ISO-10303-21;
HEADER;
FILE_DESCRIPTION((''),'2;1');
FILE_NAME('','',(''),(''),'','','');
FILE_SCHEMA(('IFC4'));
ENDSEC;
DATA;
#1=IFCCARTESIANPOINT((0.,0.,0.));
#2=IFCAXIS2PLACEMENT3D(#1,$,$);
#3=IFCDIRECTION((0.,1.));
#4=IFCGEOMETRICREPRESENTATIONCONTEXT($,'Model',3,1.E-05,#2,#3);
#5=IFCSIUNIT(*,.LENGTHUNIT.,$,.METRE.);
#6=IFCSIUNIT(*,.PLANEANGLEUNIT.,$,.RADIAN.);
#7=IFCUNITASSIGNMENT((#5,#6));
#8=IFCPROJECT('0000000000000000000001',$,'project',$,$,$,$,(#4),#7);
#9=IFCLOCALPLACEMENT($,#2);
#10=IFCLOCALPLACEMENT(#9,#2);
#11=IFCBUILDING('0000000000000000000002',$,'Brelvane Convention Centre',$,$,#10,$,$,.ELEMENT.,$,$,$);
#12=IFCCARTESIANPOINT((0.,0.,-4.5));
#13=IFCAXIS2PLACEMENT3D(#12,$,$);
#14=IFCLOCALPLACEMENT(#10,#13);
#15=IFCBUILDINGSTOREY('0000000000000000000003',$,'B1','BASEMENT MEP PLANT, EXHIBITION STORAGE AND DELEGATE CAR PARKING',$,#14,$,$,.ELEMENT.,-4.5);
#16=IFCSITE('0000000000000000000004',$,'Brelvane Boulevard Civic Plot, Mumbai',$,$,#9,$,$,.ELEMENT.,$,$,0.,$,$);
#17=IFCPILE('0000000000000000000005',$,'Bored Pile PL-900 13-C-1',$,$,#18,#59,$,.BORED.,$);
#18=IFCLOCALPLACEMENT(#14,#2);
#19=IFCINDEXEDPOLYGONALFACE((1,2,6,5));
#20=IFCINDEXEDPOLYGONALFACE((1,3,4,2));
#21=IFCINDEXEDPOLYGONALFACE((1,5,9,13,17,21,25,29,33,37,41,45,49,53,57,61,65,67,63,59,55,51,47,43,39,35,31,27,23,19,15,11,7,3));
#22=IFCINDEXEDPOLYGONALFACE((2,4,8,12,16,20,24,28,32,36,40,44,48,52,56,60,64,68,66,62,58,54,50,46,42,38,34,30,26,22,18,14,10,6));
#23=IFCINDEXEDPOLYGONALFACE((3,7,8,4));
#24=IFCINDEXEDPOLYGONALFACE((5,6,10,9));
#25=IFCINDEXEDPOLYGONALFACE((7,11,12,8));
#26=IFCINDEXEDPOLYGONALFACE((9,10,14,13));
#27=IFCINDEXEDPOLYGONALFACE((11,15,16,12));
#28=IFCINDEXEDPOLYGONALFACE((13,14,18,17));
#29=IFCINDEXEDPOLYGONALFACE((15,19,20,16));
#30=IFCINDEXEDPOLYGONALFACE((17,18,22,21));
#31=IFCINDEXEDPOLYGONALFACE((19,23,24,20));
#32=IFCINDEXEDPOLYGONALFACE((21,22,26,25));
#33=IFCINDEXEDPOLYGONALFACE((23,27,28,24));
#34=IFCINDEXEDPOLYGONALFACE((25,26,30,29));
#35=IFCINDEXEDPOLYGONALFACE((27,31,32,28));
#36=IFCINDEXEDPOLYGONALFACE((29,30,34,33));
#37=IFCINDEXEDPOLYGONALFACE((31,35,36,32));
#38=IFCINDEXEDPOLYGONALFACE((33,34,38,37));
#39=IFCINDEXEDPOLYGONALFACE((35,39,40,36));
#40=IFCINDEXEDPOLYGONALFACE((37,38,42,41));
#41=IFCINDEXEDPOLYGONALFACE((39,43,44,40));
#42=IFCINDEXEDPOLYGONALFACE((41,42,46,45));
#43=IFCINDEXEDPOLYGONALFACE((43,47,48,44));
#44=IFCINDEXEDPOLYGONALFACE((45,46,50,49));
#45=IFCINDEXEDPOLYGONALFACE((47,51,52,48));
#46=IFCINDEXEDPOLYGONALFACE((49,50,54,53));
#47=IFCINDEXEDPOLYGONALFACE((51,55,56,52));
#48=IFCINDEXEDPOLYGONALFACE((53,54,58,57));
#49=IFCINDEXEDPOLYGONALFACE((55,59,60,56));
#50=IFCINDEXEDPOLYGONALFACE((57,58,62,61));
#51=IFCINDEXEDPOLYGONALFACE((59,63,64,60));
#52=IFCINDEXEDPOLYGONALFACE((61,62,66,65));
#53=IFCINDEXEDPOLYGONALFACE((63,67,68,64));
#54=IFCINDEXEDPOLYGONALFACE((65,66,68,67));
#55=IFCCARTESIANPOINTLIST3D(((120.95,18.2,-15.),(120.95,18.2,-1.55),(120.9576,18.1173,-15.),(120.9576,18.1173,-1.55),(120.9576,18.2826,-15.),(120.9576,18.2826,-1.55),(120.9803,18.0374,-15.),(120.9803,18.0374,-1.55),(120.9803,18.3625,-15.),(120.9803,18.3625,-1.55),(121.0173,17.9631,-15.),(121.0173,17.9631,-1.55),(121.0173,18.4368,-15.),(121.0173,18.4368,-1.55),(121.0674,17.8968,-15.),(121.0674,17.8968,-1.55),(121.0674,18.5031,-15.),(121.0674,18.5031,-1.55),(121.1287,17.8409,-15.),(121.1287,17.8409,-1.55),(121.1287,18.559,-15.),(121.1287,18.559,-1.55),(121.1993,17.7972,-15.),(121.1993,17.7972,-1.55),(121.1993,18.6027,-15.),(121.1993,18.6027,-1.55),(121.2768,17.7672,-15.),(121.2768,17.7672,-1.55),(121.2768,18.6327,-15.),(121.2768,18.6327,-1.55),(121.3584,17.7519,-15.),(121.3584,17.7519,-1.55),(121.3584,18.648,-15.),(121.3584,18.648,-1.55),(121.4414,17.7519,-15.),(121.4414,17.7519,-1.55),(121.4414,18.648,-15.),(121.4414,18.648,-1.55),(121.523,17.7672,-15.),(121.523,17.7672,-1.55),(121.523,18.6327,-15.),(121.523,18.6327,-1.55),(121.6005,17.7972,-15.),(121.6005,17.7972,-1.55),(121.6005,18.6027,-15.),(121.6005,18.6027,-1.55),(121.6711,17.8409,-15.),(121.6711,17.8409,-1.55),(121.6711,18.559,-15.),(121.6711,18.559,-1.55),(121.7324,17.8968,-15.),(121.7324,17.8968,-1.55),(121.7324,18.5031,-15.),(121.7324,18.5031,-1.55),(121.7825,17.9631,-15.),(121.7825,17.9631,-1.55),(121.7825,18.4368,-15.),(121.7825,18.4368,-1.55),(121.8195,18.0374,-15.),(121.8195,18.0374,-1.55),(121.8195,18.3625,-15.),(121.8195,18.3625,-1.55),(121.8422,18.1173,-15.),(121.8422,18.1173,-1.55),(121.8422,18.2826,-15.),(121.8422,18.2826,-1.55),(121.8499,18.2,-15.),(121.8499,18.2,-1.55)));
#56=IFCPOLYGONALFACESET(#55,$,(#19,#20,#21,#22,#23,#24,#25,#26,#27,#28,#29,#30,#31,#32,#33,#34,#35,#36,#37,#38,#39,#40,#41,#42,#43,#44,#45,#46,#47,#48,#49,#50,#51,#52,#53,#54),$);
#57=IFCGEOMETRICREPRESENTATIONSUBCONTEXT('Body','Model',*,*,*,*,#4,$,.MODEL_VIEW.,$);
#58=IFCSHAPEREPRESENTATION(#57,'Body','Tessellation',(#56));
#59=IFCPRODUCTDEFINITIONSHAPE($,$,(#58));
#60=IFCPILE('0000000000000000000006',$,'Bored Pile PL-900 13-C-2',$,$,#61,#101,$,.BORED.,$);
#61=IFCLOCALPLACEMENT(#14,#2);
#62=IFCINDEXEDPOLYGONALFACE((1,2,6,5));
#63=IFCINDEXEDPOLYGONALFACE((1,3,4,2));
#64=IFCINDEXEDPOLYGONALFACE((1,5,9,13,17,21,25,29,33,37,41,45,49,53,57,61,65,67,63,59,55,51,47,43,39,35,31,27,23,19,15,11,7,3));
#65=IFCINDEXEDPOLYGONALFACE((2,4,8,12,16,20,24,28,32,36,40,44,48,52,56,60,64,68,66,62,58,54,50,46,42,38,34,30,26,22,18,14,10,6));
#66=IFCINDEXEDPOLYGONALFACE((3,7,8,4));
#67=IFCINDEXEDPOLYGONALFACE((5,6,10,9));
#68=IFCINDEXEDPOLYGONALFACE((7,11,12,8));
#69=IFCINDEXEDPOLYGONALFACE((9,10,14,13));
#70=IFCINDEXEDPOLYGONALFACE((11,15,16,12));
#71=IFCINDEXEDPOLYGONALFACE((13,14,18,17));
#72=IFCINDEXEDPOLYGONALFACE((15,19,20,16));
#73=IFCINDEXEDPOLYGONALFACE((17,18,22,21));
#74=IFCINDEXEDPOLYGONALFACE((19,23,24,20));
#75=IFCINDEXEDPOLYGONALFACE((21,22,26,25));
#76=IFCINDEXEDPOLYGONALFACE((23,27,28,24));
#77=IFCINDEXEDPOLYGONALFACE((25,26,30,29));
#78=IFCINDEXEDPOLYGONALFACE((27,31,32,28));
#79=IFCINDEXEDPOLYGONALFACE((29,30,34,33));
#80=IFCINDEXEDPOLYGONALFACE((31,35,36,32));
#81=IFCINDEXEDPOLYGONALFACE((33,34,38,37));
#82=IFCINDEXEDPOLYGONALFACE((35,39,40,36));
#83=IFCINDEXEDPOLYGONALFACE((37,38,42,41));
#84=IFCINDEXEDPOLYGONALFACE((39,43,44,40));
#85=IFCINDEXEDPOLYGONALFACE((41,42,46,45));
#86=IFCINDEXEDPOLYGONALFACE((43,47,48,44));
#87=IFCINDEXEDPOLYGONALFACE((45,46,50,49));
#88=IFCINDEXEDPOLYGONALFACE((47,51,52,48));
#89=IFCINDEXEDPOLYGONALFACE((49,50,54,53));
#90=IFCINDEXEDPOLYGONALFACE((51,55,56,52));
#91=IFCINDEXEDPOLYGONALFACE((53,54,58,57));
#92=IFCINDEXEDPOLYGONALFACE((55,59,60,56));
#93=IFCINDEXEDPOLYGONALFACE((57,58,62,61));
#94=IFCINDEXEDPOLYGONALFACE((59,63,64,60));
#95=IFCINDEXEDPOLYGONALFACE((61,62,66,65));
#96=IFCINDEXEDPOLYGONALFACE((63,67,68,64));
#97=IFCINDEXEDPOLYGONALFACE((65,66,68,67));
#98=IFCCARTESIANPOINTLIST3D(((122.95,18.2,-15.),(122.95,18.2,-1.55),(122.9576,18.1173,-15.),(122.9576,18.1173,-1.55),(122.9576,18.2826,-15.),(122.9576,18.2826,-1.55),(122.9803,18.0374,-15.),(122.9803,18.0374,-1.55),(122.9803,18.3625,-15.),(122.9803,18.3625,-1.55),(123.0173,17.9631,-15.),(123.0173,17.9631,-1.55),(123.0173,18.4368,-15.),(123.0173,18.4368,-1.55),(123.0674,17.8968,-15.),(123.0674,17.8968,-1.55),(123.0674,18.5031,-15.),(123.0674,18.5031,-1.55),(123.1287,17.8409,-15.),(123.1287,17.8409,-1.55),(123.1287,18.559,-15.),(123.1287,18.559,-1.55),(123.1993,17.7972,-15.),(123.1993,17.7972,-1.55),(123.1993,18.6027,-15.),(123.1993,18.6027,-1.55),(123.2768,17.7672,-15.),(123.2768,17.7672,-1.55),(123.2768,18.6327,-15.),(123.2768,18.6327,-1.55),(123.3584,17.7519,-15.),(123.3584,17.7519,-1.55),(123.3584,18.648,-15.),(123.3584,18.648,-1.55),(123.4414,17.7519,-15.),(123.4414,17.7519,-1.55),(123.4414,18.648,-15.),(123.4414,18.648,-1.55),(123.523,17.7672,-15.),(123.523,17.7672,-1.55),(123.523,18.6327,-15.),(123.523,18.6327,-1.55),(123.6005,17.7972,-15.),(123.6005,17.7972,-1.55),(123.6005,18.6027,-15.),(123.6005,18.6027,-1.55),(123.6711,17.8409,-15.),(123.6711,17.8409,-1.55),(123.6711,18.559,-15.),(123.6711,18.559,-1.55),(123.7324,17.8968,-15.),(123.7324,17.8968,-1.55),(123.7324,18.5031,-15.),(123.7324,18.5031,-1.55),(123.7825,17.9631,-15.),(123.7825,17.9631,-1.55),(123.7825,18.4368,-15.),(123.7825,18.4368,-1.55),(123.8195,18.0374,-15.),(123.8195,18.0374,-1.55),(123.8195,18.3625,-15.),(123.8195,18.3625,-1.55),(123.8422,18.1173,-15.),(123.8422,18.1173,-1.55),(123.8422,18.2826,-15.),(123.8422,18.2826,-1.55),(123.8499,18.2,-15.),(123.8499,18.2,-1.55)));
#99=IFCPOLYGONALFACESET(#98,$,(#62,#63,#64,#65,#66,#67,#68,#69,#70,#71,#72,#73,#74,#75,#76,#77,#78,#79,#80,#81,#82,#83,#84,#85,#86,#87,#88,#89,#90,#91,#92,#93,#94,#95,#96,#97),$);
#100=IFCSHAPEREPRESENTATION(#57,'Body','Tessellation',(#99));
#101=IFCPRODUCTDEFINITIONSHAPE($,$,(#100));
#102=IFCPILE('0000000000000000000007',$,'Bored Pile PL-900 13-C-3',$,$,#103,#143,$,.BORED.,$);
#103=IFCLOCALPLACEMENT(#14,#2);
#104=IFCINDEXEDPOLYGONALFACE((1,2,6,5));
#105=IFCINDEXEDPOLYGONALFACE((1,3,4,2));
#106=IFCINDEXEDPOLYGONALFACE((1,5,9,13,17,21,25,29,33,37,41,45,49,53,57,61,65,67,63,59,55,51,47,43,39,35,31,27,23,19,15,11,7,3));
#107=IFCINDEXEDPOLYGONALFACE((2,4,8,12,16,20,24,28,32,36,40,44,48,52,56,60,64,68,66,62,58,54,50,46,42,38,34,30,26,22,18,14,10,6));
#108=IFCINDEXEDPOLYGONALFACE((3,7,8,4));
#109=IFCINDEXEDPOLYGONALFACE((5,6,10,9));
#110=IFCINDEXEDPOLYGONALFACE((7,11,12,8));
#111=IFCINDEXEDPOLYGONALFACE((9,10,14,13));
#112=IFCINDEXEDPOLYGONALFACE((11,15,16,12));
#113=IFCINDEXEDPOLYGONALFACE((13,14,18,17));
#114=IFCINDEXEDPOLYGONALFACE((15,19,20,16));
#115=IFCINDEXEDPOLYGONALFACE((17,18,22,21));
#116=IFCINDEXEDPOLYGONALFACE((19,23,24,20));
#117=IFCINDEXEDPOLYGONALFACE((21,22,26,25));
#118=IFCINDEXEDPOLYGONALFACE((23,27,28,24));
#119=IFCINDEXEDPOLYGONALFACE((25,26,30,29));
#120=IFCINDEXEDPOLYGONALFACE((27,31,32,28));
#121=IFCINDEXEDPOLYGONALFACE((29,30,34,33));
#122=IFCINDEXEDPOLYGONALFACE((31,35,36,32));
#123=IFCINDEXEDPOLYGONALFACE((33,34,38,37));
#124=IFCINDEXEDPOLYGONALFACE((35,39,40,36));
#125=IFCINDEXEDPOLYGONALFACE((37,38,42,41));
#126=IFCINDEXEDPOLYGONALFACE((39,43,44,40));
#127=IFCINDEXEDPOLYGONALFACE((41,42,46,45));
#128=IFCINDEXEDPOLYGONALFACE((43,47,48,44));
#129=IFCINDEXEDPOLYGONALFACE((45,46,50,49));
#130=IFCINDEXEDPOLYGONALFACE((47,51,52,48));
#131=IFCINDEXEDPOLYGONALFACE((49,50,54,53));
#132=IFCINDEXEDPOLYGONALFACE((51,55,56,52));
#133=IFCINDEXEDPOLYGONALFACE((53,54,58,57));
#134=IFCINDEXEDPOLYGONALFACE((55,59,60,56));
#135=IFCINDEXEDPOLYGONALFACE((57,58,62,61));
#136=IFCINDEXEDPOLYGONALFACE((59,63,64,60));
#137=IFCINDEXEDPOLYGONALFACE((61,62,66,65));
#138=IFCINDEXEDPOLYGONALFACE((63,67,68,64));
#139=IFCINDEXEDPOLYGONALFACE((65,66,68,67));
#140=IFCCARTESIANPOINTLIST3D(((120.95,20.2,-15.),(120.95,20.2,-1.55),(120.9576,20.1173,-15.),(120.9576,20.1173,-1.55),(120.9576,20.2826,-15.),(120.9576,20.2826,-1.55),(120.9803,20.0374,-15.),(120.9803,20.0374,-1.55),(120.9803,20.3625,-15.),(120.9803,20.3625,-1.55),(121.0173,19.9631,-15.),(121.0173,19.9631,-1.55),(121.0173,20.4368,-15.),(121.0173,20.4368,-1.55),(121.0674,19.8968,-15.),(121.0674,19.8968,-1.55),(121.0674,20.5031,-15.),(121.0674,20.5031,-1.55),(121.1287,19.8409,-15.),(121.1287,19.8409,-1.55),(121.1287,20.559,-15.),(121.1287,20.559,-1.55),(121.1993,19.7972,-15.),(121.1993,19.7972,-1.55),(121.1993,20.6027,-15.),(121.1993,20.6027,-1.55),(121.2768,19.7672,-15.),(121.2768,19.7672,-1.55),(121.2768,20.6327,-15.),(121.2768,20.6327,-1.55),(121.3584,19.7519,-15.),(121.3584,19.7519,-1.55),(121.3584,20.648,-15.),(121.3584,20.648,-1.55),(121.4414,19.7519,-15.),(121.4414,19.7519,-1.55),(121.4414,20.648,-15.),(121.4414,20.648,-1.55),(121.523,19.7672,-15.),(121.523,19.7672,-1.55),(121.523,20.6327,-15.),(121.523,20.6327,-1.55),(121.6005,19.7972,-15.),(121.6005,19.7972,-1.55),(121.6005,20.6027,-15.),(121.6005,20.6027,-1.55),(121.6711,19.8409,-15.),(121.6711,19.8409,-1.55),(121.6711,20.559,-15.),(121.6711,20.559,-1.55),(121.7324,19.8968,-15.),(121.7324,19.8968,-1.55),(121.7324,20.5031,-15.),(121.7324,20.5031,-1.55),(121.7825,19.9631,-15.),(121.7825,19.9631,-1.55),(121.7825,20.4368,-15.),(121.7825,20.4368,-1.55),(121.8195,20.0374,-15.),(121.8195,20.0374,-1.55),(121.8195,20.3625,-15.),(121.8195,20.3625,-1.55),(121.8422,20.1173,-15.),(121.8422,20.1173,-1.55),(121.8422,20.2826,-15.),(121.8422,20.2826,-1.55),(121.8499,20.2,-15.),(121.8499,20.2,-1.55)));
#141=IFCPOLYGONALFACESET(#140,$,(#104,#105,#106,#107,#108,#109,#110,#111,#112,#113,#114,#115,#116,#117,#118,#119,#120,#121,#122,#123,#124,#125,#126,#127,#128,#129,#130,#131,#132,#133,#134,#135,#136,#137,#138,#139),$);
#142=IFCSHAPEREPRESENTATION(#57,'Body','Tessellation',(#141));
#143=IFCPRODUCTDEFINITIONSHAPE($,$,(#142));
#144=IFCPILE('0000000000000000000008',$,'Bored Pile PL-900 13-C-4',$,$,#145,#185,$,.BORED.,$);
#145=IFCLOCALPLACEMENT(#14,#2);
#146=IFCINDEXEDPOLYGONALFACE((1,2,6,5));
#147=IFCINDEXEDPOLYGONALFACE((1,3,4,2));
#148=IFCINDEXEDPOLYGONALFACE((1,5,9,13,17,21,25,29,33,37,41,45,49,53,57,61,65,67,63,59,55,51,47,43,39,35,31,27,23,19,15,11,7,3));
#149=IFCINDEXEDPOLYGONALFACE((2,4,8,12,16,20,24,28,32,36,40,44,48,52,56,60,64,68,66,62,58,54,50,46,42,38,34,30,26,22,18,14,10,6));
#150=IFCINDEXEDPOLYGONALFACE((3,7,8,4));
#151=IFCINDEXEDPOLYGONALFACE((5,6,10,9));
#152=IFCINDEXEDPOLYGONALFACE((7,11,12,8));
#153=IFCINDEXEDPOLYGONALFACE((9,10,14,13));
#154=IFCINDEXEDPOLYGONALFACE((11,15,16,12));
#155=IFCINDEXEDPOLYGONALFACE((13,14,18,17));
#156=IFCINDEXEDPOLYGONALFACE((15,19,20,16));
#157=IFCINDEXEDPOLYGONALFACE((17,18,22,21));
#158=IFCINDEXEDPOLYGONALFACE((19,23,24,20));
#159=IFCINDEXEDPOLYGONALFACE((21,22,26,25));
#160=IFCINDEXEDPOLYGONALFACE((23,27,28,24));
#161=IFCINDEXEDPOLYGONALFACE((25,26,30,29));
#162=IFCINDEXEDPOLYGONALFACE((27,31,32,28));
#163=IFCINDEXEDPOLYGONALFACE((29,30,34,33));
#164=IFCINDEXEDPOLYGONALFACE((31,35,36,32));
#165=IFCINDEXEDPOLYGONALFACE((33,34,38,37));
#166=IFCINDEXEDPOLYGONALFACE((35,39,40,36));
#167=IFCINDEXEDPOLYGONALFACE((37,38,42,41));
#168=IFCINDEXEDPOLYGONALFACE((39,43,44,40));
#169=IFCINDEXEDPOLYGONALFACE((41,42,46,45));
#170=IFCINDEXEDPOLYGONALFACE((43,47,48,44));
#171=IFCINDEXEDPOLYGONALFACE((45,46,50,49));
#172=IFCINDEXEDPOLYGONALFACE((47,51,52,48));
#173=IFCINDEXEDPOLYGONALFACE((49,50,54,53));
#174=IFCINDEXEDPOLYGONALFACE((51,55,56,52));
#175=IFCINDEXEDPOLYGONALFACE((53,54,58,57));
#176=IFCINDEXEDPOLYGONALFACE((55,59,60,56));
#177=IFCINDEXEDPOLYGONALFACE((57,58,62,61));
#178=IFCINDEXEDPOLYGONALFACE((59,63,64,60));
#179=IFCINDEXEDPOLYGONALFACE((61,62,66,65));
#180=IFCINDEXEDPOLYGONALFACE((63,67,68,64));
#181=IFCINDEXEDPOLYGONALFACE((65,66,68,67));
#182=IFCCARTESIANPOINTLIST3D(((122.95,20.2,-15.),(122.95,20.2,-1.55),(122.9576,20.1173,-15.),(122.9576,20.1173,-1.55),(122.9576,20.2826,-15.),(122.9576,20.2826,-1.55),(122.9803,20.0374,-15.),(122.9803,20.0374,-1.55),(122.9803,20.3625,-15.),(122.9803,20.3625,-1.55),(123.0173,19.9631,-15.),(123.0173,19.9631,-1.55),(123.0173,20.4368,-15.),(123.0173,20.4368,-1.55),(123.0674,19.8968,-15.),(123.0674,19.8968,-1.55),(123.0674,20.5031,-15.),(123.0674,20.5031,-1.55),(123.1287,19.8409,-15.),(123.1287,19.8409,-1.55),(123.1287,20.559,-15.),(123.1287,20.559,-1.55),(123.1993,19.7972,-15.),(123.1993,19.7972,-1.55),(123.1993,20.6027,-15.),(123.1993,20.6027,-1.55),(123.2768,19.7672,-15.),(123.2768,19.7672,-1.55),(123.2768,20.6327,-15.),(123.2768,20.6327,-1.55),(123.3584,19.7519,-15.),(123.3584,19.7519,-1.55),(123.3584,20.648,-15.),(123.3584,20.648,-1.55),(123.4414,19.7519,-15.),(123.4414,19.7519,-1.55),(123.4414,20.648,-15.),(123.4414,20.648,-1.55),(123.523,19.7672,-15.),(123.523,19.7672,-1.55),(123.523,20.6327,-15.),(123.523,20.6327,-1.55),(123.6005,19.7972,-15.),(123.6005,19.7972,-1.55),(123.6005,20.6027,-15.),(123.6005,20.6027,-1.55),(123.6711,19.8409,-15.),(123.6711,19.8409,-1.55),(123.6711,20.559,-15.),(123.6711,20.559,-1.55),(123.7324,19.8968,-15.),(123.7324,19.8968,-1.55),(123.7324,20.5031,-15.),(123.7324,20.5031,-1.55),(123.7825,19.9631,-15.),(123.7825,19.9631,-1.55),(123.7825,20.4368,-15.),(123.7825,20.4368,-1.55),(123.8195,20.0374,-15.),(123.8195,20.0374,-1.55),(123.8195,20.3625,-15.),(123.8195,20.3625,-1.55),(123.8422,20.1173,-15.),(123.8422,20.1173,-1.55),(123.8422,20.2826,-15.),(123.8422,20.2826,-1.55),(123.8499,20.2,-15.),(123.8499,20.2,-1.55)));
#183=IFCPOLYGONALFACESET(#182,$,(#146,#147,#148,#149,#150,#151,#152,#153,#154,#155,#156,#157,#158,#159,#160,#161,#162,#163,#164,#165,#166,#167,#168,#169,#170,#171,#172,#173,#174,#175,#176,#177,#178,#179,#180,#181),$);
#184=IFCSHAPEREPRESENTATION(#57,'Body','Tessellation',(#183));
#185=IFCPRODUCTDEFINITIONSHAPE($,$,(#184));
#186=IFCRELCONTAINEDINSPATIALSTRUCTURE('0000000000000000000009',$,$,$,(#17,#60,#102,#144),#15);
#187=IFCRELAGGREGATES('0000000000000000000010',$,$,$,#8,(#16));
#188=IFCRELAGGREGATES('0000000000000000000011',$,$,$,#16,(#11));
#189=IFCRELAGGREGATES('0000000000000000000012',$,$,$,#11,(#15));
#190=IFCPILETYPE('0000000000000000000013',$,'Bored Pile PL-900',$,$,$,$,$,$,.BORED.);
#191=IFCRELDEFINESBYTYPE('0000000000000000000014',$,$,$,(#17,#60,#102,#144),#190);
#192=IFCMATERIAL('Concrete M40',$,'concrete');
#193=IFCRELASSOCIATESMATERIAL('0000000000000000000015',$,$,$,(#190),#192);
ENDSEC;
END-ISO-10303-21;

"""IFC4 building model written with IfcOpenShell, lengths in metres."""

from ifc_helpers import new_model, si_unit, direction, frame, origin, origin_2d, place, context, subcontext, project, spatial, circle, extrude, material, material_profile, profile_set, type_object, element, save


model = new_model("IFC4")

# Units and contexts
model_context = context("Model", 3, precision=1e-05, world=origin(), true_north=direction((0.0, 1.0)))
body_context = subcontext(model_context, "Body", "Model", "MODEL_VIEW")
ifc_project = project(units=[si_unit("LENGTHUNIT", "METRE"), si_unit("PLANEANGLEUNIT", "RADIAN")], contexts=[model_context])

# Site, building, storey
site_placement = place(None, origin())
site = spatial("IfcSite", under=ifc_project, at=site_placement, Name="Brelvane Boulevard Civic Plot, Mumbai", CompositionType="ELEMENT", RefElevation=0.0)
building_placement = place(site_placement, origin())
building = spatial("IfcBuilding", under=site, at=building_placement, Name="Brelvane Convention Centre", CompositionType="ELEMENT")
storey_placement = place(building_placement, frame((0.0, 0.0, -4.5)))
storey = spatial("IfcBuildingStorey", under=building, at=storey_placement, Name="B1", Description="BASEMENT MEP PLANT, EXHIBITION STORAGE AND DELEGATE CAR PARKING", CompositionType="ELEMENT", Elevation=-4.5)

# Piles
ifc_material_1 = material(Name="Concrete M40", Category="concrete")
ifc_material_profile_1 = material_profile(ifc_material_1, circle(Radius=0.45, at=origin_2d()), Name="PILE D900")
ifc_profile_set_1 = profile_set([ifc_material_profile_1], Name="Concrete M40")
pile_type = type_object("IfcPileType", Name="Bored Pile PL-900", PredefinedType="BORED", material=ifc_profile_set_1)
for number, where, z_axis, x_axis, name in (
    (1, (121.3999, 18.2, -1.55), (0.0, 0.0, -1.0), (1.0, 0.0, 0.0), "Bored Pile PL-900 13-C-1"),
    (2, (123.3999, 18.2, -1.55), (0.0, 0.0, -1.0), (1.0, 0.0, 0.0), "Bored Pile PL-900 13-C-2"),
    (3, (121.3999, 20.2, -1.55), (0.0, 0.0, -1.0), (1.0, 0.0, 0.0), "Bored Pile PL-900 13-C-3"),
    (4, (123.3999, 20.2, -1.55), (0.0, 0.0, -1.0), (1.0, 0.0, 0.0), "Bored Pile PL-900 13-C-4"),
):
    element("IfcPile", number, at=place(storey_placement, frame(where, z_axis=z_axis, x_axis=x_axis)), inside=storey, type_object=pile_type, Name=name, PredefinedType="BORED", context=body_context, shape_type="SweptSolid", body=[
        extrude(circle(Radius=0.45, at=origin_2d()), origin(), (0.0, 0.0, 1.0), 13.45),
    ])

save(model, "model.ifc")
